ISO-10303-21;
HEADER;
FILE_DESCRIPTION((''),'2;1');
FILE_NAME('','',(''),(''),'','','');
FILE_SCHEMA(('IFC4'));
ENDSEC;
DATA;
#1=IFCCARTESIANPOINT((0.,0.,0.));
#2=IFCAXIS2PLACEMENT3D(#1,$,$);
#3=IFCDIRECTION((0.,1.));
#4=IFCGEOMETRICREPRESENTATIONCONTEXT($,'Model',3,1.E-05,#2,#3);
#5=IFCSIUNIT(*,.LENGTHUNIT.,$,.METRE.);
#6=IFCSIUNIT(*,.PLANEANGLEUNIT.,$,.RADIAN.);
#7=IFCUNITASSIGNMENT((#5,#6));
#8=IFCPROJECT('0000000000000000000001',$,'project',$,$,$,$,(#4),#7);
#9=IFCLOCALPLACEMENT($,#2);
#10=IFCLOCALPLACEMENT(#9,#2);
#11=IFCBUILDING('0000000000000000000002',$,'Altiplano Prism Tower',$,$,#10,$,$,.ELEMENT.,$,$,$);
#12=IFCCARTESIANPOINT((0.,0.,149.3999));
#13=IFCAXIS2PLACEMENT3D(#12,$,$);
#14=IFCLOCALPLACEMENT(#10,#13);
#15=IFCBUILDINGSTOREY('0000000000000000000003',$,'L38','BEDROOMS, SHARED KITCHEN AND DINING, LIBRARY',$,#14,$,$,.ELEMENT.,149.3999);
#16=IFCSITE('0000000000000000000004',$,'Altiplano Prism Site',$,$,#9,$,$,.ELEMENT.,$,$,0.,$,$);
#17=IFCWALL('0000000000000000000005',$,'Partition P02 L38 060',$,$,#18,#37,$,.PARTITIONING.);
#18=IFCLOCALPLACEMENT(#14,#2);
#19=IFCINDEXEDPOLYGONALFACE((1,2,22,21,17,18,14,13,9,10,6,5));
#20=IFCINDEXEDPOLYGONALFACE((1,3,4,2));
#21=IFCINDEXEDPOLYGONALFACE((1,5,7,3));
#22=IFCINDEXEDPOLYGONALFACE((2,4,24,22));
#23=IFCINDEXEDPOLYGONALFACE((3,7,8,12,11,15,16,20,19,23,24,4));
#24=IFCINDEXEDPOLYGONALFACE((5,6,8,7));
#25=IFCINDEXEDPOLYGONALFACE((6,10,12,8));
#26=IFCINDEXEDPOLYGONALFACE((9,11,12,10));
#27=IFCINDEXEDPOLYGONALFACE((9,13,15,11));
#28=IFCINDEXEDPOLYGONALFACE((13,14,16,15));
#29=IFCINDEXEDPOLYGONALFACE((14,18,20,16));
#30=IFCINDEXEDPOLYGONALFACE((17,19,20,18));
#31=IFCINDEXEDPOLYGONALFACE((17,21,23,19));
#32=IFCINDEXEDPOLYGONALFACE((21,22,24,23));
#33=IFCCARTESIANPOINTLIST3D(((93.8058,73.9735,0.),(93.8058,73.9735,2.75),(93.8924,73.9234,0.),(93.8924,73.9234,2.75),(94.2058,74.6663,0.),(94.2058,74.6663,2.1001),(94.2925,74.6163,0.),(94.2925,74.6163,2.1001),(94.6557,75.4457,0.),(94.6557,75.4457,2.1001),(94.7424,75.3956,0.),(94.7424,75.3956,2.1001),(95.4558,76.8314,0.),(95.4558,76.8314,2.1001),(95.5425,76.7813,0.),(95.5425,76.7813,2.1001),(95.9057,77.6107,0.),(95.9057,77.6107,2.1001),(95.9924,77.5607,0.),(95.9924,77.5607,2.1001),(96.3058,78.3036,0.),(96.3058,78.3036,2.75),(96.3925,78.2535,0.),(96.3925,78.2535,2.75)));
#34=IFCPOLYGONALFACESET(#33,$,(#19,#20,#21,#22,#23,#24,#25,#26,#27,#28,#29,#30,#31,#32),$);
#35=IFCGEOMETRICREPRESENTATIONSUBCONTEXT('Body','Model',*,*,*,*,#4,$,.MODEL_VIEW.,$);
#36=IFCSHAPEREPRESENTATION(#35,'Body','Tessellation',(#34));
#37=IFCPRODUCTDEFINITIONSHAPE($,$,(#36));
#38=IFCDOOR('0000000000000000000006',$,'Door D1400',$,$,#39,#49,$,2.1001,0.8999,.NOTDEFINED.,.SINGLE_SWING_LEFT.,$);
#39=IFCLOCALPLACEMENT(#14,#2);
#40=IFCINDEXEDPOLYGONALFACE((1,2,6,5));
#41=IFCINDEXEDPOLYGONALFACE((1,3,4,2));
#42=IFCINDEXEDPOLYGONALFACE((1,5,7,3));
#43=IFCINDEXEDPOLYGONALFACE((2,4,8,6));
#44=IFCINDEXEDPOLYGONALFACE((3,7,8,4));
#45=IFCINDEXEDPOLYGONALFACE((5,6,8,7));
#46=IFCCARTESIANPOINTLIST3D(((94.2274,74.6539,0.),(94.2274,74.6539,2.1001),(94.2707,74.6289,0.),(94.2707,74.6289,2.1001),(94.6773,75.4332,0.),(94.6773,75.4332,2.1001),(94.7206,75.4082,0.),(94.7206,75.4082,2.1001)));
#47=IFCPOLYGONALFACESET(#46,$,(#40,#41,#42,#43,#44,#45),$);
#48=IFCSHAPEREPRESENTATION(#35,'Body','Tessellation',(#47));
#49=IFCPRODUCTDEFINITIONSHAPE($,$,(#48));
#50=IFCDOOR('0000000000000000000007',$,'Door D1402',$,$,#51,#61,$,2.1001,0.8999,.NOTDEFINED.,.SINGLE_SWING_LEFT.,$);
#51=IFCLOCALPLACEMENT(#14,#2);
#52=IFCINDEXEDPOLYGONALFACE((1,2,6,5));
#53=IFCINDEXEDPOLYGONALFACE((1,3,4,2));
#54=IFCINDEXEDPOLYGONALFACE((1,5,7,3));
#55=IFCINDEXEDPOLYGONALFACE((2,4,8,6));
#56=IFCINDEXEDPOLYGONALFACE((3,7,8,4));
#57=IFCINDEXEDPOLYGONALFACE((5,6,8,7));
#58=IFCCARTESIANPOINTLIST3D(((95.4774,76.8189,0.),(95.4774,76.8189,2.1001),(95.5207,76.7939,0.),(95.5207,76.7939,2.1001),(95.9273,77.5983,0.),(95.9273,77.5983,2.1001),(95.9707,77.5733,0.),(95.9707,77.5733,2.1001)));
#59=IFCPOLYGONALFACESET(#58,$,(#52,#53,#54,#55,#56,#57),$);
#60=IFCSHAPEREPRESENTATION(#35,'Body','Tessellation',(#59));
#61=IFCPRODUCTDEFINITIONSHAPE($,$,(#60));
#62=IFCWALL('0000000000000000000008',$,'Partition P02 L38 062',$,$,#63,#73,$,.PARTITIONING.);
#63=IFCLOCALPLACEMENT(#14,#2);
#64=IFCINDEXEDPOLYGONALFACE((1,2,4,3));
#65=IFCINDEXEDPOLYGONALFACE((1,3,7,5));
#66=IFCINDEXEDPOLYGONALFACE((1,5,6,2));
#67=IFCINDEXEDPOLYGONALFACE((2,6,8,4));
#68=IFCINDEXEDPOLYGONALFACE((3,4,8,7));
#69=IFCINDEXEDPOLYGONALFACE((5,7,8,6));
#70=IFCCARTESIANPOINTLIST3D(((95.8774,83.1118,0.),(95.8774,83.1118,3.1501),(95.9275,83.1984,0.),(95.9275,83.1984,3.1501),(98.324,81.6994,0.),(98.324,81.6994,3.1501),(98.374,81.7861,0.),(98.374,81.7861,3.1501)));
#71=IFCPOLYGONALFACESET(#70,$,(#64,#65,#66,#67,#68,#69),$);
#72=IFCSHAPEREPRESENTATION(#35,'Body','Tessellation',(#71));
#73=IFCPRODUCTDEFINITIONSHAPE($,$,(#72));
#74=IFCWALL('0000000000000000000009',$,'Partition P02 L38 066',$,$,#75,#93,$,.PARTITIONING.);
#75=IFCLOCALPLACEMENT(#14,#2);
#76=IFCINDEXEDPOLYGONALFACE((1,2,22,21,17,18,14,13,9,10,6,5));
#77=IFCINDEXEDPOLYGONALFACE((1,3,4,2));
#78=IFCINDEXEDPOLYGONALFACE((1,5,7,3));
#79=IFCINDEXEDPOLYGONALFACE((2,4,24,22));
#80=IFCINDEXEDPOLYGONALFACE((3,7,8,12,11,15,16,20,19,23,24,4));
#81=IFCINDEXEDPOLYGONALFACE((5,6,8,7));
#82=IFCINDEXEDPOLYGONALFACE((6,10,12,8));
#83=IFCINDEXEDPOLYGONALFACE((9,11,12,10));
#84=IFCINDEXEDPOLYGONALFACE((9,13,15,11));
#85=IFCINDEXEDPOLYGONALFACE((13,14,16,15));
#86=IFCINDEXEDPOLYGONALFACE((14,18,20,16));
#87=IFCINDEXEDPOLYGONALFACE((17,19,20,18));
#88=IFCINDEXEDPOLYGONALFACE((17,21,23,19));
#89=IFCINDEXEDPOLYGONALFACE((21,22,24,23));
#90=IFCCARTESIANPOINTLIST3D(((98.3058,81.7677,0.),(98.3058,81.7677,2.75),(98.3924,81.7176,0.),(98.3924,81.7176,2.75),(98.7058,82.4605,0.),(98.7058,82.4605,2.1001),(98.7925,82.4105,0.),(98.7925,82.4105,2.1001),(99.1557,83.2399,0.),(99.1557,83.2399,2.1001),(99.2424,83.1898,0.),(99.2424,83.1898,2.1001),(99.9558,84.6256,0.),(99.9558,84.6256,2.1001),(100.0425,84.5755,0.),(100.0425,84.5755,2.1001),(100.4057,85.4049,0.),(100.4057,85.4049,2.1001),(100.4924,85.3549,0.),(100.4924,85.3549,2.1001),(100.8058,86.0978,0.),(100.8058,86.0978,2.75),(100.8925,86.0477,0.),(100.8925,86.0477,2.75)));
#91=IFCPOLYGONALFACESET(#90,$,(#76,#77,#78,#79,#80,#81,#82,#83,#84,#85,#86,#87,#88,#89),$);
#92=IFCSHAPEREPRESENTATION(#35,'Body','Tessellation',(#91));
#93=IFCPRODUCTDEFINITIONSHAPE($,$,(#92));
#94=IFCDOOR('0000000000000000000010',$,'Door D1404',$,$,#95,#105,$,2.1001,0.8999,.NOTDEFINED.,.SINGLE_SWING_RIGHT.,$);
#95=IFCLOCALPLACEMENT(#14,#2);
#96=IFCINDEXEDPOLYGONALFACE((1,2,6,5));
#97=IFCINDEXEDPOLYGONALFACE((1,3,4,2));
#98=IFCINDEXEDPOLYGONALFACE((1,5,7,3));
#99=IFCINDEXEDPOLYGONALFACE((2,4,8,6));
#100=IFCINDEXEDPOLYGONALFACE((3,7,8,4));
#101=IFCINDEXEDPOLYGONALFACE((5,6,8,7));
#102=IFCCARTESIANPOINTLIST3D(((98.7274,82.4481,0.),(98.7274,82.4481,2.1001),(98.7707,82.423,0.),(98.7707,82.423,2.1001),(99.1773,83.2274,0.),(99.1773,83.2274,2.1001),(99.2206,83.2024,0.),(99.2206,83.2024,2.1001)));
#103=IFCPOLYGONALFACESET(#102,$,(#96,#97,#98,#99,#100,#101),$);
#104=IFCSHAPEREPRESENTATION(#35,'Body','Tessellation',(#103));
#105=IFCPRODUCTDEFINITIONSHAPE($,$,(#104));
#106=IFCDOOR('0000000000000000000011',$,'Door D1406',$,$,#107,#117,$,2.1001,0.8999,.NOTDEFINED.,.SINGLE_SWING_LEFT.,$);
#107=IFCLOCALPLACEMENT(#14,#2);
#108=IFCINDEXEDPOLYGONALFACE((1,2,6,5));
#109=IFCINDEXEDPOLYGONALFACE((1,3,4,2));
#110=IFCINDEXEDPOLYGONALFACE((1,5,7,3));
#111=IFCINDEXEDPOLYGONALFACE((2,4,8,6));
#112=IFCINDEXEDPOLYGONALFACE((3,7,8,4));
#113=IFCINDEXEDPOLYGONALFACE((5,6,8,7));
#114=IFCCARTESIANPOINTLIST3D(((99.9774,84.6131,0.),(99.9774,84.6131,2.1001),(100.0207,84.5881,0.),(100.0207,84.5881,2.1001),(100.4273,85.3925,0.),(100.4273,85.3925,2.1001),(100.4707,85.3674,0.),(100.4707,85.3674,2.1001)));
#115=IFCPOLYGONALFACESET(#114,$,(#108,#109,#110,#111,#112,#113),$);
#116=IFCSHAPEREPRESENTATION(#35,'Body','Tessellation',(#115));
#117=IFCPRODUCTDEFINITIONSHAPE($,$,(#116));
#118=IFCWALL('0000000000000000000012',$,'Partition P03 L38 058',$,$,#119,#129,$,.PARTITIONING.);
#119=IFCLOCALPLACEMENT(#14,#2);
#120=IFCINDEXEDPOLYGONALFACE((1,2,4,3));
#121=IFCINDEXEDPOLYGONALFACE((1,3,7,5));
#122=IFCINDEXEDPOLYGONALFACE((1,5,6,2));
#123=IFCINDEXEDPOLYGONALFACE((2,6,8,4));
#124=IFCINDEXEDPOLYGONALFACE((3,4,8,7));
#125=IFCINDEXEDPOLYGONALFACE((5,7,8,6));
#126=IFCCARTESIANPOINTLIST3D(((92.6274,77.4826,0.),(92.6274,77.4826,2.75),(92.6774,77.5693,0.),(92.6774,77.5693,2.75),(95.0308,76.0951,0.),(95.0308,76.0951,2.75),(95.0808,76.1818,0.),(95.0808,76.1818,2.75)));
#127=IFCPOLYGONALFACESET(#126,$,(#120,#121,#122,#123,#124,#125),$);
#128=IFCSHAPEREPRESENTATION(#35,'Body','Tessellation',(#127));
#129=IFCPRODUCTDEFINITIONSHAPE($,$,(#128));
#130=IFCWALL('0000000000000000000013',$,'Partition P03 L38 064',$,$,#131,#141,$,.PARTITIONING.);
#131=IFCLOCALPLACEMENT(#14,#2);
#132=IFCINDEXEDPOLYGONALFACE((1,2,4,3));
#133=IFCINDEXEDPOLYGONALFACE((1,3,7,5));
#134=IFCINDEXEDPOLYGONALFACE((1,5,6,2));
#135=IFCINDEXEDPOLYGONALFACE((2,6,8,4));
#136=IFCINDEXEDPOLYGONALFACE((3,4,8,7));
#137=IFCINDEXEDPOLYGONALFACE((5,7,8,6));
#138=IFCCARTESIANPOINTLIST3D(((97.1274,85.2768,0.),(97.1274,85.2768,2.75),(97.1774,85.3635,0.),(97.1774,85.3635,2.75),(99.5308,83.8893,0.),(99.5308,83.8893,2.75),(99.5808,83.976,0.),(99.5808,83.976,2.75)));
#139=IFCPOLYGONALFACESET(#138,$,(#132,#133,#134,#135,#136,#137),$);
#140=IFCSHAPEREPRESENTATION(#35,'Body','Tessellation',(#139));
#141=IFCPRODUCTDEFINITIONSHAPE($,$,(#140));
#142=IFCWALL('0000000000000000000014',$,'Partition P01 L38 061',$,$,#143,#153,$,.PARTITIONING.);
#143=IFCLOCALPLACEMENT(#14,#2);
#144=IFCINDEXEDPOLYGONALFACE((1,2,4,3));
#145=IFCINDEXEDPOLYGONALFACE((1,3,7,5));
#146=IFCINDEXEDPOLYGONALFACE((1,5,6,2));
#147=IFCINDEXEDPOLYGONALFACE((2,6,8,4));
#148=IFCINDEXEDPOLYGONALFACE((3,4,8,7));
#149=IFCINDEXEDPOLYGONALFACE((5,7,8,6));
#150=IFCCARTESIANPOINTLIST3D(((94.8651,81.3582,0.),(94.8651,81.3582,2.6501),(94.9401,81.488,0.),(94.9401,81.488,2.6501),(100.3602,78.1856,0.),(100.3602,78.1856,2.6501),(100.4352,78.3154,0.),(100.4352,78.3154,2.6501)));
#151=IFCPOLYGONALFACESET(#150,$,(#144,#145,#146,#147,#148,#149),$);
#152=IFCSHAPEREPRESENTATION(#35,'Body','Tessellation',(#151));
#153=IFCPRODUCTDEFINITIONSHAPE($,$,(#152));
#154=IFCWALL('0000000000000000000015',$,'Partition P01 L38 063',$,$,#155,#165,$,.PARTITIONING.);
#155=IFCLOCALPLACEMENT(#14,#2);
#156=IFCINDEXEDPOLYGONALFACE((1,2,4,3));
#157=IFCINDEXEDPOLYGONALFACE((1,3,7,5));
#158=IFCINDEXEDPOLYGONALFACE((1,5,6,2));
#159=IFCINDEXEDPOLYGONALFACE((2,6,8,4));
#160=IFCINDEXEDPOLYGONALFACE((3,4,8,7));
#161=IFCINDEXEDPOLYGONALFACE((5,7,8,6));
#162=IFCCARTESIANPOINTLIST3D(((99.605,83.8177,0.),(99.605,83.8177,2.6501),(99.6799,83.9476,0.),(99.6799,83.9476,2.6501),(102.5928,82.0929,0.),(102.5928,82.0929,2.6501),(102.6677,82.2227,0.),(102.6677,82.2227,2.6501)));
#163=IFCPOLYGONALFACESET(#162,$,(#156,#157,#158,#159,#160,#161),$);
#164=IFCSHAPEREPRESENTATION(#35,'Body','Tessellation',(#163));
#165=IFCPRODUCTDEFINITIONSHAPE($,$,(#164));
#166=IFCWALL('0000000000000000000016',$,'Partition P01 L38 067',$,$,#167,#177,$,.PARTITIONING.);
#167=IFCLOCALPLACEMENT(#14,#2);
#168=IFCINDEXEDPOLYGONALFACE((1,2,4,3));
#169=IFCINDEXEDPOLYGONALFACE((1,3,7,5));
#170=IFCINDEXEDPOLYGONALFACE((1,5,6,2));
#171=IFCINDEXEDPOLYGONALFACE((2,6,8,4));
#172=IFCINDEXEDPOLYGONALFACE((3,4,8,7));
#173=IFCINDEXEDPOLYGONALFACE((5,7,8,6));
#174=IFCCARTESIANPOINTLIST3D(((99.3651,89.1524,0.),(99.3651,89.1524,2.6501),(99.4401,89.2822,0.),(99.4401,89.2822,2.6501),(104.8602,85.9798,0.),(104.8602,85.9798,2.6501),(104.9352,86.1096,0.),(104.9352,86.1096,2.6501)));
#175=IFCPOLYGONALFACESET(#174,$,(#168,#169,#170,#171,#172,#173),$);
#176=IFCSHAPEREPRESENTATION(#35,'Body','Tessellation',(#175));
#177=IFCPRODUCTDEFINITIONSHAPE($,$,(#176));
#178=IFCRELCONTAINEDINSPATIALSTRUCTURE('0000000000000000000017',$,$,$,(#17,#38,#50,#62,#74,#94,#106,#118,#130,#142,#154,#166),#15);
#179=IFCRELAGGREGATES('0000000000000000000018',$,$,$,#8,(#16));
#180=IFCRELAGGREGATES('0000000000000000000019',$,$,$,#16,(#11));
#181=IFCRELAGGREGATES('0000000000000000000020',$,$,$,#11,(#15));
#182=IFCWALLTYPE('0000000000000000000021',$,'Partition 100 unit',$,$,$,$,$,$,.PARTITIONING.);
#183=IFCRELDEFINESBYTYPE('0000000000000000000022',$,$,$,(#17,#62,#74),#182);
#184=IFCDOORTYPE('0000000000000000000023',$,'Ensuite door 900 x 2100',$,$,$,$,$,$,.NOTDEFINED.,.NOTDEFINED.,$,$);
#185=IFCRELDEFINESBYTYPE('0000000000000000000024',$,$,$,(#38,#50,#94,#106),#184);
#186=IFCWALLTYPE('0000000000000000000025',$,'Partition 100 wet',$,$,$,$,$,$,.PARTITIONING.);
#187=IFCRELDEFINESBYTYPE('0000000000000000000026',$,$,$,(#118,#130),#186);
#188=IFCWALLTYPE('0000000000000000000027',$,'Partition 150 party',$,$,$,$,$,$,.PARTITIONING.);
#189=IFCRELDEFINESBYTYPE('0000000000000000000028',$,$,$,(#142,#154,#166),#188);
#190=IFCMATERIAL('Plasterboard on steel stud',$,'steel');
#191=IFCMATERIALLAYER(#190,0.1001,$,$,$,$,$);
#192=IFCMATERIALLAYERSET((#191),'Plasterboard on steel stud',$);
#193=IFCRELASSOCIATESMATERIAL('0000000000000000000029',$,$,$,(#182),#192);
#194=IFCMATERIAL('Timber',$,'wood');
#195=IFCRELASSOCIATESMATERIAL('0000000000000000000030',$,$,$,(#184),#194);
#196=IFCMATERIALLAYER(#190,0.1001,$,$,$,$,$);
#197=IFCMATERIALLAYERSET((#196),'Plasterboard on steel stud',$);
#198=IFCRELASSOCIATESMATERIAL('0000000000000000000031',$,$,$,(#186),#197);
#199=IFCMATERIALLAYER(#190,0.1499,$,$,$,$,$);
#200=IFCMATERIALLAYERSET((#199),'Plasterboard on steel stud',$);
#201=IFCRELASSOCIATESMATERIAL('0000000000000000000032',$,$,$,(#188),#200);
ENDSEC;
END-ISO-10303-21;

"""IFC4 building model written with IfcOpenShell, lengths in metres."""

from ifc_helpers import new_model, si_unit, direction, frame, frame_2d, origin, place, context, subcontext, project, spatial, rectangle, extrude, material, layer, layer_set, type_object, element, fill, save


model = new_model("IFC4")

# Units and contexts
model_context = context("Model", 3, precision=1e-05, world=origin(), true_north=direction((0.0, 1.0)))
body_context = subcontext(model_context, "Body", "Model", "MODEL_VIEW")
ifc_project = project(units=[si_unit("LENGTHUNIT", "METRE"), si_unit("PLANEANGLEUNIT", "RADIAN")], contexts=[model_context])

# Site, building, storey
site_placement = place(None, origin())
site = spatial("IfcSite", under=ifc_project, at=site_placement, Name="Altiplano Prism Site", CompositionType="ELEMENT", RefElevation=0.0)
building_placement = place(site_placement, origin())
building = spatial("IfcBuilding", under=site, at=building_placement, Name="Altiplano Prism Tower", CompositionType="ELEMENT")
storey_placement = place(building_placement, frame((0.0, 0.0, 149.3999)))
storey = spatial("IfcBuildingStorey", under=building, at=storey_placement, Name="L38", Description="BEDROOMS, SHARED KITCHEN AND DINING, LIBRARY", CompositionType="ELEMENT", Elevation=149.3999)

# Wall, openings, doors
ifc_material_1 = material(Name="Plasterboard on steel stud", Category="steel")
ifc_layer_1 = layer(ifc_material_1, 0.1001)
ifc_layer_set_1 = layer_set([ifc_layer_1], Name="Plasterboard on steel stud")
wall_type_1 = type_object("IfcWallType", Name="Partition 100 unit", PredefinedType="PARTITIONING", material=ifc_layer_set_1)
wall_1_placement = place(storey_placement, frame((96.3491, 78.2786, 0.0), z_axis=(0.0, 0.0, 1.0), x_axis=(-0.500004, -0.866023, 0.0)))
wall_1 = element("IfcWall", 1, at=wall_1_placement, inside=storey, type_object=wall_type_1, Name="Partition P02 L38 060", PredefinedType="PARTITIONING", context=body_context, shape_type="SweptSolid", body=[
    extrude(rectangle(XDim=5.0, YDim=0.1001, at=frame_2d((2.5, 0.0))), origin(), (0.0, 0.0, 1.0), 2.75),
])
opening_1_placement = place(wall_1_placement, frame((3.3, 0.0, 0.0)))
opening_1 = element("IfcOpeningElement", 2, at=opening_1_placement, cuts=wall_1, PredefinedType="OPENING", context=body_context, shape_type="SweptSolid", body=[
    extrude(rectangle(XDim=0.8999, YDim=2.1001, at=frame_2d((0.45, 1.05))), frame((0.0, 0.0605, 0.0), z_axis=(0.0, -1.0, 0.0), x_axis=(1.0, 0.0, 0.0)), (0.0, 0.0, 1.0), 0.1211),
])
opening_2_placement = place(wall_1_placement, frame((0.8, 0.0, 0.0)))
opening_2 = element("IfcOpeningElement", 3, at=opening_2_placement, cuts=wall_1, PredefinedType="OPENING", context=body_context, shape_type="SweptSolid", body=[
    extrude(rectangle(XDim=0.8999, YDim=2.1001, at=frame_2d((0.45, 1.05))), frame((0.0, 0.0605, 0.0), z_axis=(0.0, -1.0, 0.0), x_axis=(1.0, 0.0, 0.0)), (0.0, 0.0, 1.0), 0.1211),
])
ifc_material_2 = material(Name="Timber", Category="wood")
door_type = type_object("IfcDoorType", Name="Ensuite door 900 x 2100", OperationType="NOTDEFINED", PredefinedType="NOTDEFINED", material=ifc_material_2)
door_1_placement = place(opening_1_placement, origin())
door_1 = element("IfcDoor", 4, at=door_1_placement, inside=storey, type_object=door_type, Name="Door D1400", OperationType="SINGLE_SWING_LEFT", OverallHeight=2.1001, OverallWidth=0.8999, PredefinedType="NOTDEFINED", context=body_context, shape_type="SweptSolid", body=[
    extrude(rectangle(XDim=0.8999, YDim=2.1001, at=frame_2d((0.45, 1.05))), frame((0.0, 0.0249, 0.0), z_axis=(0.0, -1.0, 0.0), x_axis=(1.0, 0.0, 0.0)), (0.0, 0.0, 1.0), 0.05),
])
fill(opening_1, door_1)
door_2_placement = place(opening_2_placement, origin())
door_2 = element("IfcDoor", 5, at=door_2_placement, inside=storey, type_object=door_type, Name="Door D1402", OperationType="SINGLE_SWING_LEFT", OverallHeight=2.1001, OverallWidth=0.8999, PredefinedType="NOTDEFINED", context=body_context, shape_type="SweptSolid", body=[
    extrude(rectangle(XDim=0.8999, YDim=2.1001, at=frame_2d((0.45, 1.05))), frame((0.0, 0.0249, 0.0), z_axis=(0.0, -1.0, 0.0), x_axis=(1.0, 0.0, 0.0)), (0.0, 0.0, 1.0), 0.05),
])
fill(opening_2, door_2)

# Wall
wall_2_placement = place(storey_placement, frame((98.3491, 81.7427, 0.0), z_axis=(0.0, 0.0, 1.0), x_axis=(-0.866049, 0.499959, 0.0)))
element("IfcWall", 6, at=wall_2_placement, inside=storey, type_object=wall_type_1, Name="Partition P02 L38 062", PredefinedType="PARTITIONING", context=body_context, shape_type="SweptSolid", body=[
    extrude(rectangle(XDim=2.825, YDim=0.1001, at=frame_2d((1.4126, 0.0))), origin(), (0.0, 0.0, 1.0), 3.1501),
])

# Wall, openings, doors
wall_3_placement = place(storey_placement, frame((100.8491, 86.0728, 0.0), z_axis=(0.0, 0.0, 1.0), x_axis=(-0.500004, -0.866023, 0.0)))
wall_3 = element("IfcWall", 7, at=wall_3_placement, inside=storey, type_object=wall_type_1, Name="Partition P02 L38 066", PredefinedType="PARTITIONING", context=body_context, shape_type="SweptSolid", body=[
    extrude(rectangle(XDim=5.0, YDim=0.1001, at=frame_2d((2.5, 0.0))), origin(), (0.0, 0.0, 1.0), 2.75),
])
opening_3_placement = place(wall_3_placement, frame((3.3, 0.0, 0.0)))
opening_3 = element("IfcOpeningElement", 8, at=opening_3_placement, cuts=wall_3, PredefinedType="OPENING", context=body_context, shape_type="SweptSolid", body=[
    extrude(rectangle(XDim=0.8999, YDim=2.1001, at=frame_2d((0.45, 1.05))), frame((0.0, 0.0605, 0.0), z_axis=(0.0, -1.0, 0.0), x_axis=(1.0, 0.0, 0.0)), (0.0, 0.0, 1.0), 0.1211),
])
opening_4_placement = place(wall_3_placement, frame((0.8, 0.0, 0.0)))
opening_4 = element("IfcOpeningElement", 9, at=opening_4_placement, cuts=wall_3, PredefinedType="OPENING", context=body_context, shape_type="SweptSolid", body=[
    extrude(rectangle(XDim=0.8999, YDim=2.1001, at=frame_2d((0.45, 1.05))), frame((0.0, 0.0605, 0.0), z_axis=(0.0, -1.0, 0.0), x_axis=(1.0, 0.0, 0.0)), (0.0, 0.0, 1.0), 0.1211),
])
door_3_placement = place(opening_3_placement, origin())
door_3 = element("IfcDoor", 10, at=door_3_placement, inside=storey, type_object=door_type, Name="Door D1404", OperationType="SINGLE_SWING_RIGHT", OverallHeight=2.1001, OverallWidth=0.8999, PredefinedType="NOTDEFINED", context=body_context, shape_type="SweptSolid", body=[
    extrude(rectangle(XDim=0.8999, YDim=2.1001, at=frame_2d((0.45, 1.05))), frame((0.0, 0.0249, 0.0), z_axis=(0.0, -1.0, 0.0), x_axis=(1.0, 0.0, 0.0)), (0.0, 0.0, 1.0), 0.05),
])
fill(opening_3, door_3)
door_4_placement = place(opening_4_placement, origin())
door_4 = element("IfcDoor", 11, at=door_4_placement, inside=storey, type_object=door_type, Name="Door D1406", OperationType="SINGLE_SWING_LEFT", OverallHeight=2.1001, OverallWidth=0.8999, PredefinedType="NOTDEFINED", context=body_context, shape_type="SweptSolid", body=[
    extrude(rectangle(XDim=0.8999, YDim=2.1001, at=frame_2d((0.45, 1.05))), frame((0.0, 0.0249, 0.0), z_axis=(0.0, -1.0, 0.0), x_axis=(1.0, 0.0, 0.0)), (0.0, 0.0, 1.0), 0.05),
])
fill(opening_4, door_4)

# Walls
ifc_layer_2 = layer(ifc_material_1, 0.1001)
ifc_layer_set_2 = layer_set([ifc_layer_2], Name="Plasterboard on steel stud")
wall_type_2 = type_object("IfcWallType", Name="Partition 100 wet", PredefinedType="PARTITIONING", material=ifc_layer_set_2)
for number, where, z_axis, x_axis, name in (
    (12, (95.0559, 76.1384, 0.0), (0.0, 0.0, 1.0), (-0.866042, 0.499971, 0.0), "Partition P03 L38 058"),
    (13, (99.5559, 83.9326, 0.0), (0.0, 0.0, 1.0), (-0.866042, 0.499971, 0.0), "Partition P03 L38 064"),
):
    element("IfcWall", number, at=place(storey_placement, frame(where, z_axis=z_axis, x_axis=x_axis)), inside=storey, type_object=wall_type_2, Name=name, PredefinedType="PARTITIONING", context=body_context, shape_type="SweptSolid", body=[
        extrude(rectangle(XDim=2.7751, YDim=0.1001, at=frame_2d((1.3877, 0.0))), origin(), (0.0, 0.0, 1.0), 2.75),
    ])
ifc_layer_3 = layer(ifc_material_1, 0.1499)
ifc_layer_set_3 = layer_set([ifc_layer_3], Name="Plasterboard on steel stud")
wall_type_3 = type_object("IfcWallType", Name="Partition 150 party", PredefinedType="PARTITIONING", material=ifc_layer_set_3)
wall_4_placement = place(storey_placement, frame((100.3977, 78.2505, 0.0), z_axis=(0.0, 0.0, 1.0), x_axis=(-0.866025, 0.5, 0.0)))
element("IfcWall", 14, at=wall_4_placement, inside=storey, type_object=wall_type_3, Name="Partition P01 L38 061", PredefinedType="PARTITIONING", context=body_context, shape_type="SweptSolid", body=[
    extrude(rectangle(XDim=6.3452, YDim=0.1499, at=frame_2d((3.1726, 0.0))), origin(), (0.0, 0.0, 1.0), 2.6501),
])
wall_5_placement = place(storey_placement, frame((102.6304, 82.1577, 0.0), z_axis=(0.0, 0.0, 1.0), x_axis=(-0.866044, 0.499967, 0.0)))
element("IfcWall", 15, at=wall_5_placement, inside=storey, type_object=wall_type_3, Name="Partition P01 L38 063", PredefinedType="PARTITIONING", context=body_context, shape_type="SweptSolid", body=[
    extrude(rectangle(XDim=3.45, YDim=0.1499, at=frame_2d((1.7251, 0.0))), origin(), (0.0, 0.0, 1.0), 2.6501),
])
wall_6_placement = place(storey_placement, frame((104.8977, 86.0447, 0.0), z_axis=(0.0, 0.0, 1.0), x_axis=(-0.866025, 0.5, 0.0)))
element("IfcWall", 16, at=wall_6_placement, inside=storey, type_object=wall_type_3, Name="Partition P01 L38 067", PredefinedType="PARTITIONING", context=body_context, shape_type="SweptSolid", body=[
    extrude(rectangle(XDim=6.3452, YDim=0.1499, at=frame_2d((3.1726, 0.0))), origin(), (0.0, 0.0, 1.0), 2.6501),
])

save(model, "model.ifc")
